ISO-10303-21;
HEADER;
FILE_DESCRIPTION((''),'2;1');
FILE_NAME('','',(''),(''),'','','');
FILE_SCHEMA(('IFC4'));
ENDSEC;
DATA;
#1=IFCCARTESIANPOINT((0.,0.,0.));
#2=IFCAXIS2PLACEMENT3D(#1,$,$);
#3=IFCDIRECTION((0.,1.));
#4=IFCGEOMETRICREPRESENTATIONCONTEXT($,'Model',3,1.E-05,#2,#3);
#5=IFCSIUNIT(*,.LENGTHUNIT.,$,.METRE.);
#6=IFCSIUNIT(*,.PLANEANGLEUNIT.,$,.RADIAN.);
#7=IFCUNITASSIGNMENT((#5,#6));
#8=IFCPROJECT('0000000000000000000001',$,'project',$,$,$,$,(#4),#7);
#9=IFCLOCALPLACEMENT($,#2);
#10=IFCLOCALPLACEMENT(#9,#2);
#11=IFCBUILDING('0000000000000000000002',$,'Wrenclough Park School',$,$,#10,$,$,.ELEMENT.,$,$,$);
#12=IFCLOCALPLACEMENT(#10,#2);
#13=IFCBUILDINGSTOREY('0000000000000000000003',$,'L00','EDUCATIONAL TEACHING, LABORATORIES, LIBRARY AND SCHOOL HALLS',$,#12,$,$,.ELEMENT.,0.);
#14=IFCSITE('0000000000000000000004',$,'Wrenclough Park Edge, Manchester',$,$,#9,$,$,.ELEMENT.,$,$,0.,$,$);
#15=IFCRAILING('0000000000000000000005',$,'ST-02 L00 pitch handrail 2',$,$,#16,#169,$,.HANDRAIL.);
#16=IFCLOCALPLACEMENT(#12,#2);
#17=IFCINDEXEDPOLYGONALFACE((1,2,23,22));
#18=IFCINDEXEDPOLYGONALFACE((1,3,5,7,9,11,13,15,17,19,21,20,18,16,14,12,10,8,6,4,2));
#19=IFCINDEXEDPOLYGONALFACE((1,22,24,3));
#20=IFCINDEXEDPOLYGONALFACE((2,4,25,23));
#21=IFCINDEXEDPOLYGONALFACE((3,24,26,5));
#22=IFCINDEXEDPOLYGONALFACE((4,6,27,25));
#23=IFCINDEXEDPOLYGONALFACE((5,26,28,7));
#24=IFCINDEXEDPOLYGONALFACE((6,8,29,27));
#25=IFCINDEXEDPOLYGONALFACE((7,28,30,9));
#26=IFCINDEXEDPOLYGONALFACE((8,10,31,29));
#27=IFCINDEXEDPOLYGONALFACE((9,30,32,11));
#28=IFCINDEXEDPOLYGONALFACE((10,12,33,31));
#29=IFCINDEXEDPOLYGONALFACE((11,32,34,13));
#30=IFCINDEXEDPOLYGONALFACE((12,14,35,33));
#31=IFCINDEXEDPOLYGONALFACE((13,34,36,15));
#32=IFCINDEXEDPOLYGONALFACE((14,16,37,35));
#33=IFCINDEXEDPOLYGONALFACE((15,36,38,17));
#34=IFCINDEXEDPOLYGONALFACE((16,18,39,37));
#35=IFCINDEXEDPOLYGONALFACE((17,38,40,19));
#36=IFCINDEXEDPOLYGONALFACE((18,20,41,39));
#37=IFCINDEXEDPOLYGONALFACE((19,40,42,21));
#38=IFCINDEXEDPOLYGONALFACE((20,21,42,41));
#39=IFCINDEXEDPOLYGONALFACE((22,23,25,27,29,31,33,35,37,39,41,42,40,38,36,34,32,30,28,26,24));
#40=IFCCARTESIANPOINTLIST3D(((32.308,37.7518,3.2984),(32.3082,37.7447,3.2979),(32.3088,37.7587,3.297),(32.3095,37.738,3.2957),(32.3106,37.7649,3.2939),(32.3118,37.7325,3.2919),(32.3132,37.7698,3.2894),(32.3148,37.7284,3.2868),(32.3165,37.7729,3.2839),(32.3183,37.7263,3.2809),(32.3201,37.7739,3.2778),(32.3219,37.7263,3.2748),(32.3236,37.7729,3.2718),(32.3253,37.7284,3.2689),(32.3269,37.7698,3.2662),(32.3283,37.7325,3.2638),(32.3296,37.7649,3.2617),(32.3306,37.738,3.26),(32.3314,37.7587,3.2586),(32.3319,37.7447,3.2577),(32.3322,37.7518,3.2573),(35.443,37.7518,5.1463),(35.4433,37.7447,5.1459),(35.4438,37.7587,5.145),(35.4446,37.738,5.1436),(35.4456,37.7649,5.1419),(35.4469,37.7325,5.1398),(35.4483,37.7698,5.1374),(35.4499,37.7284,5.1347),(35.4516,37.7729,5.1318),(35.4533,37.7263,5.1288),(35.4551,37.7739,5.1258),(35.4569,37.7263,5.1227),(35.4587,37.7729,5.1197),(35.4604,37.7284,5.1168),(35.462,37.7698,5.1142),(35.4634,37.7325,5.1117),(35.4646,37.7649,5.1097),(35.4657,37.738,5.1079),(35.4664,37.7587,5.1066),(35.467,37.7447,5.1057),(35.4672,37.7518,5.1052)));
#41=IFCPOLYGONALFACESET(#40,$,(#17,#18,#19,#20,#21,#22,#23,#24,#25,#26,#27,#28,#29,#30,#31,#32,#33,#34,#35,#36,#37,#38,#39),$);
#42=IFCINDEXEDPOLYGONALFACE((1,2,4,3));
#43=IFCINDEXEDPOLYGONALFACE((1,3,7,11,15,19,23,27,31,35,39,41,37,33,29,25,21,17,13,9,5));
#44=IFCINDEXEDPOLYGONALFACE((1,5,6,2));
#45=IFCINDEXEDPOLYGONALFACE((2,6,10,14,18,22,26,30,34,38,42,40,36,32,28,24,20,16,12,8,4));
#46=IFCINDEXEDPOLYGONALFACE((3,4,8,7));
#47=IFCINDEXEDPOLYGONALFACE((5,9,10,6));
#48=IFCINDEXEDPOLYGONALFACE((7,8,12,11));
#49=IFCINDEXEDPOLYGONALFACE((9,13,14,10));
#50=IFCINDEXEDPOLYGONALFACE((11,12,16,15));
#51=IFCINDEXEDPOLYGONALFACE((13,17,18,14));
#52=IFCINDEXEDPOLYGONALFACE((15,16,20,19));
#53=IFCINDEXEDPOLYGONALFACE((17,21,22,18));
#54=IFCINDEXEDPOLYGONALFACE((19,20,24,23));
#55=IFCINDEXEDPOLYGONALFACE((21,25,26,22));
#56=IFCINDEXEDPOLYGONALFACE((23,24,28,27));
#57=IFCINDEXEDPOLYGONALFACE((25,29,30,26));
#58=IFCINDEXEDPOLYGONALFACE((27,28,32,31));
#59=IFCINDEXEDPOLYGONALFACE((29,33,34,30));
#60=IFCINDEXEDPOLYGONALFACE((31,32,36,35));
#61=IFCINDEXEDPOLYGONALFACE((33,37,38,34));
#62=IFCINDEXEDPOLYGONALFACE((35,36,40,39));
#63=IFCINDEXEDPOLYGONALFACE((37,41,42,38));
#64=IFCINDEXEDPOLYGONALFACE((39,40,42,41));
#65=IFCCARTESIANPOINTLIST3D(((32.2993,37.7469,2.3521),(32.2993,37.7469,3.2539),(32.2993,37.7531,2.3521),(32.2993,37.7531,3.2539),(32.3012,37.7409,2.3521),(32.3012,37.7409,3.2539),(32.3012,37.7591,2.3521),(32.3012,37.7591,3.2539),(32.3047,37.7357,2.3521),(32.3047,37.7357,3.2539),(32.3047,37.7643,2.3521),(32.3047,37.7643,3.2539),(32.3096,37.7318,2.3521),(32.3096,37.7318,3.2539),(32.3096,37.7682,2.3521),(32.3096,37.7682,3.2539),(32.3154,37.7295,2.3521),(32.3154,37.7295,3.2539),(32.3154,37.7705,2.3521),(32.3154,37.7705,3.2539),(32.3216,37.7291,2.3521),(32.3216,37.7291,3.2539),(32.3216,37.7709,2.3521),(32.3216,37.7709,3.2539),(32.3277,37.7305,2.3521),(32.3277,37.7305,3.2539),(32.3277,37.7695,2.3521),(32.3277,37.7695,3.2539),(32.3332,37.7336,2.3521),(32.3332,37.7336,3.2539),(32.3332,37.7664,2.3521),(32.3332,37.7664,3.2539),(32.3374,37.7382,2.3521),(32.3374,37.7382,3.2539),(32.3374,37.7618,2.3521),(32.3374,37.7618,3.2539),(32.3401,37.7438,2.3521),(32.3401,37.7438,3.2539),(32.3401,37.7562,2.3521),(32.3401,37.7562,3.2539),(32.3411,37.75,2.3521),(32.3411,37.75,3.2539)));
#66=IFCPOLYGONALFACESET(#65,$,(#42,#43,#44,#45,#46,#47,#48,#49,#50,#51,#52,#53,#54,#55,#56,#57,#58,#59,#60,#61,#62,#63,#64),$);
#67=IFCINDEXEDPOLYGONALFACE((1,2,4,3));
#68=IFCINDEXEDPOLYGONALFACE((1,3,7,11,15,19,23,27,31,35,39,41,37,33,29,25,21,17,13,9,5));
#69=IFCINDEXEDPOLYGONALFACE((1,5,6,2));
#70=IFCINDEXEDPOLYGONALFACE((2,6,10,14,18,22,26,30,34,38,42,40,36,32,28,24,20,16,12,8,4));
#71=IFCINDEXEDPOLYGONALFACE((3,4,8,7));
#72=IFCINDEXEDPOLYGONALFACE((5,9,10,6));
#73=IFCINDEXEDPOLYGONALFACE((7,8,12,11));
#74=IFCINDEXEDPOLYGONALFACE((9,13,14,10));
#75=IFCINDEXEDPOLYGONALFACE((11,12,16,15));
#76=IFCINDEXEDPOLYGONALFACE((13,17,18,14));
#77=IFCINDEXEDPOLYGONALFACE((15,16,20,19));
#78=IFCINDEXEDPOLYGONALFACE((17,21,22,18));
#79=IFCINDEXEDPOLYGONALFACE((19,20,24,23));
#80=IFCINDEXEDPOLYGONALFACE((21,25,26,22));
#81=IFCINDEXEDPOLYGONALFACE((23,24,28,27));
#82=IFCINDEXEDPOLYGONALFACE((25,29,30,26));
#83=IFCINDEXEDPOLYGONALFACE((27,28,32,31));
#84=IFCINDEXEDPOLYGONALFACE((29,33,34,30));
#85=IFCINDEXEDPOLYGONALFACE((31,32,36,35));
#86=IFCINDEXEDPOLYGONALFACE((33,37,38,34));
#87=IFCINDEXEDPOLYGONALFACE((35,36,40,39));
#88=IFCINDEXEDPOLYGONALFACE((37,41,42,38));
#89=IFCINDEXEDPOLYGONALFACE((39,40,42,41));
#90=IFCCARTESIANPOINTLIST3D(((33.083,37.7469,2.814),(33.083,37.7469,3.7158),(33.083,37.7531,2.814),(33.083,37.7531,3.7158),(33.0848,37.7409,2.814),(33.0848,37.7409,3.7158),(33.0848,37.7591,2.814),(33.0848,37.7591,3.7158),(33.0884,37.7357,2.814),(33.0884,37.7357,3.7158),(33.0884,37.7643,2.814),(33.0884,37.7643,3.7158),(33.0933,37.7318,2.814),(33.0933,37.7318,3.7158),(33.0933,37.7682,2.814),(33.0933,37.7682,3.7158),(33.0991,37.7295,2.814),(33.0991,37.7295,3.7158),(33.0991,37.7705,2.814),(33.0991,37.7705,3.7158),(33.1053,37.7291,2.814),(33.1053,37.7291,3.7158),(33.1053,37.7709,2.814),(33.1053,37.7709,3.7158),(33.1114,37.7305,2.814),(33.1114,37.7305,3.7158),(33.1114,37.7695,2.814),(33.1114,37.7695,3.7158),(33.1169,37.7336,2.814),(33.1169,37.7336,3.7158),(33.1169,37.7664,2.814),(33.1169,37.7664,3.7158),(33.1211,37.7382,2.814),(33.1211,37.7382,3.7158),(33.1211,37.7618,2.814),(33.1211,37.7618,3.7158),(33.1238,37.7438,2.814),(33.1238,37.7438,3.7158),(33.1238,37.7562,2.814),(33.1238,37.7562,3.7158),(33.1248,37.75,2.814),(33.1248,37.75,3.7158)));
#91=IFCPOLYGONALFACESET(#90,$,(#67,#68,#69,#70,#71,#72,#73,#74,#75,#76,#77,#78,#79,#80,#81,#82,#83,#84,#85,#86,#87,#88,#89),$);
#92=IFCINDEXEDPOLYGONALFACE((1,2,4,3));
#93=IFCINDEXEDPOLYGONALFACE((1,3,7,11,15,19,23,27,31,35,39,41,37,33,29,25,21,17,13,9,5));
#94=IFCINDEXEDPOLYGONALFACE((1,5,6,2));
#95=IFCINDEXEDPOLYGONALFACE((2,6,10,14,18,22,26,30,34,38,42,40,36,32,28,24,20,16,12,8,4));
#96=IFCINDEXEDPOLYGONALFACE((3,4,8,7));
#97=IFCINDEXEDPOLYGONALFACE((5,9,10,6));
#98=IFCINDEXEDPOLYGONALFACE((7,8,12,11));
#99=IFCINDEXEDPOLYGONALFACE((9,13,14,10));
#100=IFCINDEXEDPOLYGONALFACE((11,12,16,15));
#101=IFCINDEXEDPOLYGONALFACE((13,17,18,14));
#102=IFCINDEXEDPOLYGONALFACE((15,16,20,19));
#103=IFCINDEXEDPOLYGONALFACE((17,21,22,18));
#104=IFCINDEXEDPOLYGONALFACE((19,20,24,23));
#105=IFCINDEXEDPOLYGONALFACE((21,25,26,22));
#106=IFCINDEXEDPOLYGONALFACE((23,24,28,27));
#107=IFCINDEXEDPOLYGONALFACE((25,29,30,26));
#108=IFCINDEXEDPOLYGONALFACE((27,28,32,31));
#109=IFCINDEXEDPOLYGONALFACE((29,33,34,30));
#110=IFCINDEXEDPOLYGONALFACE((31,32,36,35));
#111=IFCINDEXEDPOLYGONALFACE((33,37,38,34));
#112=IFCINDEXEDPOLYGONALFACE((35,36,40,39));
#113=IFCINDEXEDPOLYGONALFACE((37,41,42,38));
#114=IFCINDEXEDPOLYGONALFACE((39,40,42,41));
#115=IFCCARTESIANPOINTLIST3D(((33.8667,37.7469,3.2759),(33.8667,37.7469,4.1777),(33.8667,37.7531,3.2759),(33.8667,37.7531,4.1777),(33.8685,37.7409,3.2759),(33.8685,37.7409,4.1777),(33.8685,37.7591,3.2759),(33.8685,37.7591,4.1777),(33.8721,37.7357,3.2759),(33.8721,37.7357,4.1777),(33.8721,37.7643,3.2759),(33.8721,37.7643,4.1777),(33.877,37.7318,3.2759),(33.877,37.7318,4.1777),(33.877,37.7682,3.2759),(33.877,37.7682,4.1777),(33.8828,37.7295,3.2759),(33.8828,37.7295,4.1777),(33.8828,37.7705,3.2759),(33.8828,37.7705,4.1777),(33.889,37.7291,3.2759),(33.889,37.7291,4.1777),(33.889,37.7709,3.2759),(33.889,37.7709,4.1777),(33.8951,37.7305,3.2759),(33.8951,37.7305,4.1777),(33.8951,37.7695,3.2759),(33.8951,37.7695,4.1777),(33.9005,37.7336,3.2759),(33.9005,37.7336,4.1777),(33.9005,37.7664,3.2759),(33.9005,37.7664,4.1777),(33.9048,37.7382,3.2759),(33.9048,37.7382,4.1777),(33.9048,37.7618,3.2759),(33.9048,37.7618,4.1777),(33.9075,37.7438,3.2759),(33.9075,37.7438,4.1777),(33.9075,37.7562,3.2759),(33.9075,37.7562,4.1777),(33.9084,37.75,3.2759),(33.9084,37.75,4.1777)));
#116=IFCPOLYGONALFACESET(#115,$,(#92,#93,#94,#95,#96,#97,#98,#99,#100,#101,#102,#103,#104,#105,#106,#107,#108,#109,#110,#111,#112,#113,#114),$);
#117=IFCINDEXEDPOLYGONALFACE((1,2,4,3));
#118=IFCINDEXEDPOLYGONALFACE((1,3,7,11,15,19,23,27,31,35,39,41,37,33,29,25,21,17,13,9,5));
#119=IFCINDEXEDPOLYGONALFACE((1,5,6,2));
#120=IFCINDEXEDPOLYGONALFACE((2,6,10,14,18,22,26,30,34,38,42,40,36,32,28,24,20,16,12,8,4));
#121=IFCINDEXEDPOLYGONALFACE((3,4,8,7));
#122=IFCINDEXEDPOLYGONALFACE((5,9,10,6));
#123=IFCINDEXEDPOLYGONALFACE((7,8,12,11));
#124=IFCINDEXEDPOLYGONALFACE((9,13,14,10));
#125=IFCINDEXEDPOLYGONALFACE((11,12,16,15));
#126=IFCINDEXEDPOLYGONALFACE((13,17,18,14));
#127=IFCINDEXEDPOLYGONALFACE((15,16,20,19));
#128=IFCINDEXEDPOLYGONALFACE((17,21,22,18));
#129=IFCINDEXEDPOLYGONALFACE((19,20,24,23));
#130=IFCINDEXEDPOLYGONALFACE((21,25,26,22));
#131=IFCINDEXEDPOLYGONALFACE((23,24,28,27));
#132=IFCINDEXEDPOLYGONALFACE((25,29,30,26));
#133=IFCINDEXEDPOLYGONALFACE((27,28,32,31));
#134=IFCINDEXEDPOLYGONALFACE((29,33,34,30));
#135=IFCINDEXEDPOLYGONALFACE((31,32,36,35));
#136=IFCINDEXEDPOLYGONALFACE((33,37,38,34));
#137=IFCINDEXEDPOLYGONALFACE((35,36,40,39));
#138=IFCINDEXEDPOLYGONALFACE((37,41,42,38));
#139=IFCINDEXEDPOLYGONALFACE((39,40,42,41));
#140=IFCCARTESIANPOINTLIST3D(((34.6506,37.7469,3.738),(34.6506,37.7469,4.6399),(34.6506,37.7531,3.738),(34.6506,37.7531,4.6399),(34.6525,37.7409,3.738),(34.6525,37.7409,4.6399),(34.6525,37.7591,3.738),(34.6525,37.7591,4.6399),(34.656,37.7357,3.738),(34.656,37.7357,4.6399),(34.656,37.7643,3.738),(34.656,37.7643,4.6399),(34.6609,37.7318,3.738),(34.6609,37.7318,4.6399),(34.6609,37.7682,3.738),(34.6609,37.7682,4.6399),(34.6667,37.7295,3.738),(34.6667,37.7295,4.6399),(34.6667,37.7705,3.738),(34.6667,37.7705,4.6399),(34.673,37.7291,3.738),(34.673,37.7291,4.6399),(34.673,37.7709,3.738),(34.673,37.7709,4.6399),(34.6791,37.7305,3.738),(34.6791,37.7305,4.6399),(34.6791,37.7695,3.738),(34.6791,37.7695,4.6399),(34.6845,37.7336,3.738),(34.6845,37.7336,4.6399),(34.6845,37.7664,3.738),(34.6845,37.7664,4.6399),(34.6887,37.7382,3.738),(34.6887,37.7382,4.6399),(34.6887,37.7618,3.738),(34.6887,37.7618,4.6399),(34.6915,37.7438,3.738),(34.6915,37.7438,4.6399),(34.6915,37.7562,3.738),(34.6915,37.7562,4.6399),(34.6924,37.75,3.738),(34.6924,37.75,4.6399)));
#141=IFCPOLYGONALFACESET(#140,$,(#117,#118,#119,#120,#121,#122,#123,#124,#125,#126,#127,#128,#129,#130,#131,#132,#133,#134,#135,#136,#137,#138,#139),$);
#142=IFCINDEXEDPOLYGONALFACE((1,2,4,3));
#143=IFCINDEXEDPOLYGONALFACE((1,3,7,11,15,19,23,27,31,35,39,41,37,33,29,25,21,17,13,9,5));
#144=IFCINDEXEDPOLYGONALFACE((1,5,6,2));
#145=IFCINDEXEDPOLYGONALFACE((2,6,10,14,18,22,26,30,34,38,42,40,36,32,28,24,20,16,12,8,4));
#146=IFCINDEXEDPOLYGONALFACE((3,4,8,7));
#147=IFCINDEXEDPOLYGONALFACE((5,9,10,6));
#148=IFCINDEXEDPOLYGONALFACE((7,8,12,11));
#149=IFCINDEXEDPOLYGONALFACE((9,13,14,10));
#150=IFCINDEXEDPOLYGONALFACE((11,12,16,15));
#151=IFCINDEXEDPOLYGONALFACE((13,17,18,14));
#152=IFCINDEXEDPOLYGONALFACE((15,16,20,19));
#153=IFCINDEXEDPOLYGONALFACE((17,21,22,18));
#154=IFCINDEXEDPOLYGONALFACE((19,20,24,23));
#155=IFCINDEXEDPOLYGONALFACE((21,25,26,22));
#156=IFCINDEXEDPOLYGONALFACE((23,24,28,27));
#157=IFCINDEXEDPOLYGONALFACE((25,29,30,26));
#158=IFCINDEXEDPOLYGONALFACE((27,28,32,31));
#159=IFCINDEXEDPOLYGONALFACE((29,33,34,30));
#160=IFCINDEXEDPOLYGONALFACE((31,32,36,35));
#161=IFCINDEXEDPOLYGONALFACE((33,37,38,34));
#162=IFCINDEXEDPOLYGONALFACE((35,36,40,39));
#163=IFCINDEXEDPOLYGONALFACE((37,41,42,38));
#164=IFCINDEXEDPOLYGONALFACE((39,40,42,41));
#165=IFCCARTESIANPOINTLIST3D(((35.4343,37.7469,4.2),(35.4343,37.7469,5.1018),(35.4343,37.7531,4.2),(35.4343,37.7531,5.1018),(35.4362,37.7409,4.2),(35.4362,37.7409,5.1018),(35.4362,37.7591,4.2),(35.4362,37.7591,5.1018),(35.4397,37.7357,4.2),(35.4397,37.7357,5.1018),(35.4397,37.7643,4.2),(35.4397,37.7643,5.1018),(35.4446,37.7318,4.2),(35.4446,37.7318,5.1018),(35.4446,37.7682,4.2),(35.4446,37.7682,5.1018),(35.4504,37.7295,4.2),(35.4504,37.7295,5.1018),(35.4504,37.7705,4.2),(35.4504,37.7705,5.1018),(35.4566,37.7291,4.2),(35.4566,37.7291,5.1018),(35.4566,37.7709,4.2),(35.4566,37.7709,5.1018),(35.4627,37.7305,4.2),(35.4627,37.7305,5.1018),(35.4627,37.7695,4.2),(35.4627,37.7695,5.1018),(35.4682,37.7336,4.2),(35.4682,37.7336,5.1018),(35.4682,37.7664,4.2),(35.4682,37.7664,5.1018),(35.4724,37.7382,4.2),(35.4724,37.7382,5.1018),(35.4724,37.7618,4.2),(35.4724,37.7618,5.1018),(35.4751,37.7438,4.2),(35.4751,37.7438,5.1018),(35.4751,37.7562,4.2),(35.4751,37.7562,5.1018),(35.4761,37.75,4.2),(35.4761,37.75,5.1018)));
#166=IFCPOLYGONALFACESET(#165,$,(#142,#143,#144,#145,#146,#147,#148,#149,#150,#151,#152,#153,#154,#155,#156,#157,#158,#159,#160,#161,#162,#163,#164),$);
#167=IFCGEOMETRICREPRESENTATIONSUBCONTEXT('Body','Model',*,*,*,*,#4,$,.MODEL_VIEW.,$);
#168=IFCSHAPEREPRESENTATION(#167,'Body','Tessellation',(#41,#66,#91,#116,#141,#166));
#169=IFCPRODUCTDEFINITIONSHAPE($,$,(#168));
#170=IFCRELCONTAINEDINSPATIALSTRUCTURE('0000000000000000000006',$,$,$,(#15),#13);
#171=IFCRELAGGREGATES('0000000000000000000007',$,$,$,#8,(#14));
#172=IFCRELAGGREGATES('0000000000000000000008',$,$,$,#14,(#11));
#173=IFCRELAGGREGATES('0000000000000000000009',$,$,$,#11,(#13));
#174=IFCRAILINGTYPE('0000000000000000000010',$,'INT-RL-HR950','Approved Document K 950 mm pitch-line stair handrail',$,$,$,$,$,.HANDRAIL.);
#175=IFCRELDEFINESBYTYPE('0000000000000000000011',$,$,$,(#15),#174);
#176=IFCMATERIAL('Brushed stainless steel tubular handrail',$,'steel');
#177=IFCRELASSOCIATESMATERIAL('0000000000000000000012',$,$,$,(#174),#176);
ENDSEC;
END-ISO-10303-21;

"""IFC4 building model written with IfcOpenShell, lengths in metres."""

from ifc_helpers import new_model, si_unit, direction, frame, origin, origin_2d, place, context, subcontext, project, spatial, circle, extrude, material, type_object, element, save


model = new_model("IFC4")

# Units and contexts
model_context = context("Model", 3, precision=1e-05, world=origin(), true_north=direction((0.0, 1.0)))
body_context = subcontext(model_context, "Body", "Model", "MODEL_VIEW")
ifc_project = project(units=[si_unit("LENGTHUNIT", "METRE"), si_unit("PLANEANGLEUNIT", "RADIAN")], contexts=[model_context])

# Site, building, storey
site_placement = place(None, origin())
site = spatial("IfcSite", under=ifc_project, at=site_placement, Name="Wrenclough Park Edge, Manchester", CompositionType="ELEMENT", RefElevation=0.0)
building_placement = place(site_placement, origin())
building = spatial("IfcBuilding", under=site, at=building_placement, Name="Wrenclough Park School", CompositionType="ELEMENT")
storey_placement = place(building_placement, origin())
storey = spatial("IfcBuildingStorey", under=building, at=storey_placement, Name="L00", Description="EDUCATIONAL TEACHING, LABORATORIES, LIBRARY AND SCHOOL HALLS", CompositionType="ELEMENT", Elevation=0.0)

# Railing
ifc_material_1 = material(Name="Brushed stainless steel tubular handrail", Category="steel")
railing_type_1 = type_object("IfcRailingType", Name="INT-RL-HR950", Description="Approved Document K 950 mm pitch-line stair handrail", PredefinedType="HANDRAIL", material=ifc_material_1)
railing_1_placement = place(storey_placement, frame((32.3201, 37.75, 2.3521)))
element("IfcRailing", 1, at=railing_1_placement, inside=storey, type_object=railing_type_1, Name="ST-02 L00 pitch handrail 2", PredefinedType="HANDRAIL", context=body_context, shape_type="SweptSolid", body=[
    extrude(circle(Radius=0.0239, at=origin_2d()), frame((0.0, 0.0, 0.9258), z_axis=(0.86148, 0.0, 0.507791), x_axis=(0.0, 1.0, 0.0)), (0.0, 0.0, 1.0), 3.6392),
    extrude(circle(Radius=0.021, at=origin_2d()), origin(), (0.0, 0.0, 1.0), 0.9019),
    extrude(circle(Radius=0.021, at=origin_2d()), frame((0.7837, 0.0, 0.4619)), (0.0, 0.0, 1.0), 0.9019),
    extrude(circle(Radius=0.021, at=origin_2d()), frame((1.5674, 0.0, 0.9238)), (0.0, 0.0, 1.0), 0.9019),
    extrude(circle(Radius=0.021, at=origin_2d()), frame((2.3513, 0.0, 1.386)), (0.0, 0.0, 1.0), 0.9019),
    extrude(circle(Radius=0.021, at=origin_2d()), frame((3.135, 0.0, 1.8479)), (0.0, 0.0, 1.0), 0.9019),
])

save(model, "model.ifc")
